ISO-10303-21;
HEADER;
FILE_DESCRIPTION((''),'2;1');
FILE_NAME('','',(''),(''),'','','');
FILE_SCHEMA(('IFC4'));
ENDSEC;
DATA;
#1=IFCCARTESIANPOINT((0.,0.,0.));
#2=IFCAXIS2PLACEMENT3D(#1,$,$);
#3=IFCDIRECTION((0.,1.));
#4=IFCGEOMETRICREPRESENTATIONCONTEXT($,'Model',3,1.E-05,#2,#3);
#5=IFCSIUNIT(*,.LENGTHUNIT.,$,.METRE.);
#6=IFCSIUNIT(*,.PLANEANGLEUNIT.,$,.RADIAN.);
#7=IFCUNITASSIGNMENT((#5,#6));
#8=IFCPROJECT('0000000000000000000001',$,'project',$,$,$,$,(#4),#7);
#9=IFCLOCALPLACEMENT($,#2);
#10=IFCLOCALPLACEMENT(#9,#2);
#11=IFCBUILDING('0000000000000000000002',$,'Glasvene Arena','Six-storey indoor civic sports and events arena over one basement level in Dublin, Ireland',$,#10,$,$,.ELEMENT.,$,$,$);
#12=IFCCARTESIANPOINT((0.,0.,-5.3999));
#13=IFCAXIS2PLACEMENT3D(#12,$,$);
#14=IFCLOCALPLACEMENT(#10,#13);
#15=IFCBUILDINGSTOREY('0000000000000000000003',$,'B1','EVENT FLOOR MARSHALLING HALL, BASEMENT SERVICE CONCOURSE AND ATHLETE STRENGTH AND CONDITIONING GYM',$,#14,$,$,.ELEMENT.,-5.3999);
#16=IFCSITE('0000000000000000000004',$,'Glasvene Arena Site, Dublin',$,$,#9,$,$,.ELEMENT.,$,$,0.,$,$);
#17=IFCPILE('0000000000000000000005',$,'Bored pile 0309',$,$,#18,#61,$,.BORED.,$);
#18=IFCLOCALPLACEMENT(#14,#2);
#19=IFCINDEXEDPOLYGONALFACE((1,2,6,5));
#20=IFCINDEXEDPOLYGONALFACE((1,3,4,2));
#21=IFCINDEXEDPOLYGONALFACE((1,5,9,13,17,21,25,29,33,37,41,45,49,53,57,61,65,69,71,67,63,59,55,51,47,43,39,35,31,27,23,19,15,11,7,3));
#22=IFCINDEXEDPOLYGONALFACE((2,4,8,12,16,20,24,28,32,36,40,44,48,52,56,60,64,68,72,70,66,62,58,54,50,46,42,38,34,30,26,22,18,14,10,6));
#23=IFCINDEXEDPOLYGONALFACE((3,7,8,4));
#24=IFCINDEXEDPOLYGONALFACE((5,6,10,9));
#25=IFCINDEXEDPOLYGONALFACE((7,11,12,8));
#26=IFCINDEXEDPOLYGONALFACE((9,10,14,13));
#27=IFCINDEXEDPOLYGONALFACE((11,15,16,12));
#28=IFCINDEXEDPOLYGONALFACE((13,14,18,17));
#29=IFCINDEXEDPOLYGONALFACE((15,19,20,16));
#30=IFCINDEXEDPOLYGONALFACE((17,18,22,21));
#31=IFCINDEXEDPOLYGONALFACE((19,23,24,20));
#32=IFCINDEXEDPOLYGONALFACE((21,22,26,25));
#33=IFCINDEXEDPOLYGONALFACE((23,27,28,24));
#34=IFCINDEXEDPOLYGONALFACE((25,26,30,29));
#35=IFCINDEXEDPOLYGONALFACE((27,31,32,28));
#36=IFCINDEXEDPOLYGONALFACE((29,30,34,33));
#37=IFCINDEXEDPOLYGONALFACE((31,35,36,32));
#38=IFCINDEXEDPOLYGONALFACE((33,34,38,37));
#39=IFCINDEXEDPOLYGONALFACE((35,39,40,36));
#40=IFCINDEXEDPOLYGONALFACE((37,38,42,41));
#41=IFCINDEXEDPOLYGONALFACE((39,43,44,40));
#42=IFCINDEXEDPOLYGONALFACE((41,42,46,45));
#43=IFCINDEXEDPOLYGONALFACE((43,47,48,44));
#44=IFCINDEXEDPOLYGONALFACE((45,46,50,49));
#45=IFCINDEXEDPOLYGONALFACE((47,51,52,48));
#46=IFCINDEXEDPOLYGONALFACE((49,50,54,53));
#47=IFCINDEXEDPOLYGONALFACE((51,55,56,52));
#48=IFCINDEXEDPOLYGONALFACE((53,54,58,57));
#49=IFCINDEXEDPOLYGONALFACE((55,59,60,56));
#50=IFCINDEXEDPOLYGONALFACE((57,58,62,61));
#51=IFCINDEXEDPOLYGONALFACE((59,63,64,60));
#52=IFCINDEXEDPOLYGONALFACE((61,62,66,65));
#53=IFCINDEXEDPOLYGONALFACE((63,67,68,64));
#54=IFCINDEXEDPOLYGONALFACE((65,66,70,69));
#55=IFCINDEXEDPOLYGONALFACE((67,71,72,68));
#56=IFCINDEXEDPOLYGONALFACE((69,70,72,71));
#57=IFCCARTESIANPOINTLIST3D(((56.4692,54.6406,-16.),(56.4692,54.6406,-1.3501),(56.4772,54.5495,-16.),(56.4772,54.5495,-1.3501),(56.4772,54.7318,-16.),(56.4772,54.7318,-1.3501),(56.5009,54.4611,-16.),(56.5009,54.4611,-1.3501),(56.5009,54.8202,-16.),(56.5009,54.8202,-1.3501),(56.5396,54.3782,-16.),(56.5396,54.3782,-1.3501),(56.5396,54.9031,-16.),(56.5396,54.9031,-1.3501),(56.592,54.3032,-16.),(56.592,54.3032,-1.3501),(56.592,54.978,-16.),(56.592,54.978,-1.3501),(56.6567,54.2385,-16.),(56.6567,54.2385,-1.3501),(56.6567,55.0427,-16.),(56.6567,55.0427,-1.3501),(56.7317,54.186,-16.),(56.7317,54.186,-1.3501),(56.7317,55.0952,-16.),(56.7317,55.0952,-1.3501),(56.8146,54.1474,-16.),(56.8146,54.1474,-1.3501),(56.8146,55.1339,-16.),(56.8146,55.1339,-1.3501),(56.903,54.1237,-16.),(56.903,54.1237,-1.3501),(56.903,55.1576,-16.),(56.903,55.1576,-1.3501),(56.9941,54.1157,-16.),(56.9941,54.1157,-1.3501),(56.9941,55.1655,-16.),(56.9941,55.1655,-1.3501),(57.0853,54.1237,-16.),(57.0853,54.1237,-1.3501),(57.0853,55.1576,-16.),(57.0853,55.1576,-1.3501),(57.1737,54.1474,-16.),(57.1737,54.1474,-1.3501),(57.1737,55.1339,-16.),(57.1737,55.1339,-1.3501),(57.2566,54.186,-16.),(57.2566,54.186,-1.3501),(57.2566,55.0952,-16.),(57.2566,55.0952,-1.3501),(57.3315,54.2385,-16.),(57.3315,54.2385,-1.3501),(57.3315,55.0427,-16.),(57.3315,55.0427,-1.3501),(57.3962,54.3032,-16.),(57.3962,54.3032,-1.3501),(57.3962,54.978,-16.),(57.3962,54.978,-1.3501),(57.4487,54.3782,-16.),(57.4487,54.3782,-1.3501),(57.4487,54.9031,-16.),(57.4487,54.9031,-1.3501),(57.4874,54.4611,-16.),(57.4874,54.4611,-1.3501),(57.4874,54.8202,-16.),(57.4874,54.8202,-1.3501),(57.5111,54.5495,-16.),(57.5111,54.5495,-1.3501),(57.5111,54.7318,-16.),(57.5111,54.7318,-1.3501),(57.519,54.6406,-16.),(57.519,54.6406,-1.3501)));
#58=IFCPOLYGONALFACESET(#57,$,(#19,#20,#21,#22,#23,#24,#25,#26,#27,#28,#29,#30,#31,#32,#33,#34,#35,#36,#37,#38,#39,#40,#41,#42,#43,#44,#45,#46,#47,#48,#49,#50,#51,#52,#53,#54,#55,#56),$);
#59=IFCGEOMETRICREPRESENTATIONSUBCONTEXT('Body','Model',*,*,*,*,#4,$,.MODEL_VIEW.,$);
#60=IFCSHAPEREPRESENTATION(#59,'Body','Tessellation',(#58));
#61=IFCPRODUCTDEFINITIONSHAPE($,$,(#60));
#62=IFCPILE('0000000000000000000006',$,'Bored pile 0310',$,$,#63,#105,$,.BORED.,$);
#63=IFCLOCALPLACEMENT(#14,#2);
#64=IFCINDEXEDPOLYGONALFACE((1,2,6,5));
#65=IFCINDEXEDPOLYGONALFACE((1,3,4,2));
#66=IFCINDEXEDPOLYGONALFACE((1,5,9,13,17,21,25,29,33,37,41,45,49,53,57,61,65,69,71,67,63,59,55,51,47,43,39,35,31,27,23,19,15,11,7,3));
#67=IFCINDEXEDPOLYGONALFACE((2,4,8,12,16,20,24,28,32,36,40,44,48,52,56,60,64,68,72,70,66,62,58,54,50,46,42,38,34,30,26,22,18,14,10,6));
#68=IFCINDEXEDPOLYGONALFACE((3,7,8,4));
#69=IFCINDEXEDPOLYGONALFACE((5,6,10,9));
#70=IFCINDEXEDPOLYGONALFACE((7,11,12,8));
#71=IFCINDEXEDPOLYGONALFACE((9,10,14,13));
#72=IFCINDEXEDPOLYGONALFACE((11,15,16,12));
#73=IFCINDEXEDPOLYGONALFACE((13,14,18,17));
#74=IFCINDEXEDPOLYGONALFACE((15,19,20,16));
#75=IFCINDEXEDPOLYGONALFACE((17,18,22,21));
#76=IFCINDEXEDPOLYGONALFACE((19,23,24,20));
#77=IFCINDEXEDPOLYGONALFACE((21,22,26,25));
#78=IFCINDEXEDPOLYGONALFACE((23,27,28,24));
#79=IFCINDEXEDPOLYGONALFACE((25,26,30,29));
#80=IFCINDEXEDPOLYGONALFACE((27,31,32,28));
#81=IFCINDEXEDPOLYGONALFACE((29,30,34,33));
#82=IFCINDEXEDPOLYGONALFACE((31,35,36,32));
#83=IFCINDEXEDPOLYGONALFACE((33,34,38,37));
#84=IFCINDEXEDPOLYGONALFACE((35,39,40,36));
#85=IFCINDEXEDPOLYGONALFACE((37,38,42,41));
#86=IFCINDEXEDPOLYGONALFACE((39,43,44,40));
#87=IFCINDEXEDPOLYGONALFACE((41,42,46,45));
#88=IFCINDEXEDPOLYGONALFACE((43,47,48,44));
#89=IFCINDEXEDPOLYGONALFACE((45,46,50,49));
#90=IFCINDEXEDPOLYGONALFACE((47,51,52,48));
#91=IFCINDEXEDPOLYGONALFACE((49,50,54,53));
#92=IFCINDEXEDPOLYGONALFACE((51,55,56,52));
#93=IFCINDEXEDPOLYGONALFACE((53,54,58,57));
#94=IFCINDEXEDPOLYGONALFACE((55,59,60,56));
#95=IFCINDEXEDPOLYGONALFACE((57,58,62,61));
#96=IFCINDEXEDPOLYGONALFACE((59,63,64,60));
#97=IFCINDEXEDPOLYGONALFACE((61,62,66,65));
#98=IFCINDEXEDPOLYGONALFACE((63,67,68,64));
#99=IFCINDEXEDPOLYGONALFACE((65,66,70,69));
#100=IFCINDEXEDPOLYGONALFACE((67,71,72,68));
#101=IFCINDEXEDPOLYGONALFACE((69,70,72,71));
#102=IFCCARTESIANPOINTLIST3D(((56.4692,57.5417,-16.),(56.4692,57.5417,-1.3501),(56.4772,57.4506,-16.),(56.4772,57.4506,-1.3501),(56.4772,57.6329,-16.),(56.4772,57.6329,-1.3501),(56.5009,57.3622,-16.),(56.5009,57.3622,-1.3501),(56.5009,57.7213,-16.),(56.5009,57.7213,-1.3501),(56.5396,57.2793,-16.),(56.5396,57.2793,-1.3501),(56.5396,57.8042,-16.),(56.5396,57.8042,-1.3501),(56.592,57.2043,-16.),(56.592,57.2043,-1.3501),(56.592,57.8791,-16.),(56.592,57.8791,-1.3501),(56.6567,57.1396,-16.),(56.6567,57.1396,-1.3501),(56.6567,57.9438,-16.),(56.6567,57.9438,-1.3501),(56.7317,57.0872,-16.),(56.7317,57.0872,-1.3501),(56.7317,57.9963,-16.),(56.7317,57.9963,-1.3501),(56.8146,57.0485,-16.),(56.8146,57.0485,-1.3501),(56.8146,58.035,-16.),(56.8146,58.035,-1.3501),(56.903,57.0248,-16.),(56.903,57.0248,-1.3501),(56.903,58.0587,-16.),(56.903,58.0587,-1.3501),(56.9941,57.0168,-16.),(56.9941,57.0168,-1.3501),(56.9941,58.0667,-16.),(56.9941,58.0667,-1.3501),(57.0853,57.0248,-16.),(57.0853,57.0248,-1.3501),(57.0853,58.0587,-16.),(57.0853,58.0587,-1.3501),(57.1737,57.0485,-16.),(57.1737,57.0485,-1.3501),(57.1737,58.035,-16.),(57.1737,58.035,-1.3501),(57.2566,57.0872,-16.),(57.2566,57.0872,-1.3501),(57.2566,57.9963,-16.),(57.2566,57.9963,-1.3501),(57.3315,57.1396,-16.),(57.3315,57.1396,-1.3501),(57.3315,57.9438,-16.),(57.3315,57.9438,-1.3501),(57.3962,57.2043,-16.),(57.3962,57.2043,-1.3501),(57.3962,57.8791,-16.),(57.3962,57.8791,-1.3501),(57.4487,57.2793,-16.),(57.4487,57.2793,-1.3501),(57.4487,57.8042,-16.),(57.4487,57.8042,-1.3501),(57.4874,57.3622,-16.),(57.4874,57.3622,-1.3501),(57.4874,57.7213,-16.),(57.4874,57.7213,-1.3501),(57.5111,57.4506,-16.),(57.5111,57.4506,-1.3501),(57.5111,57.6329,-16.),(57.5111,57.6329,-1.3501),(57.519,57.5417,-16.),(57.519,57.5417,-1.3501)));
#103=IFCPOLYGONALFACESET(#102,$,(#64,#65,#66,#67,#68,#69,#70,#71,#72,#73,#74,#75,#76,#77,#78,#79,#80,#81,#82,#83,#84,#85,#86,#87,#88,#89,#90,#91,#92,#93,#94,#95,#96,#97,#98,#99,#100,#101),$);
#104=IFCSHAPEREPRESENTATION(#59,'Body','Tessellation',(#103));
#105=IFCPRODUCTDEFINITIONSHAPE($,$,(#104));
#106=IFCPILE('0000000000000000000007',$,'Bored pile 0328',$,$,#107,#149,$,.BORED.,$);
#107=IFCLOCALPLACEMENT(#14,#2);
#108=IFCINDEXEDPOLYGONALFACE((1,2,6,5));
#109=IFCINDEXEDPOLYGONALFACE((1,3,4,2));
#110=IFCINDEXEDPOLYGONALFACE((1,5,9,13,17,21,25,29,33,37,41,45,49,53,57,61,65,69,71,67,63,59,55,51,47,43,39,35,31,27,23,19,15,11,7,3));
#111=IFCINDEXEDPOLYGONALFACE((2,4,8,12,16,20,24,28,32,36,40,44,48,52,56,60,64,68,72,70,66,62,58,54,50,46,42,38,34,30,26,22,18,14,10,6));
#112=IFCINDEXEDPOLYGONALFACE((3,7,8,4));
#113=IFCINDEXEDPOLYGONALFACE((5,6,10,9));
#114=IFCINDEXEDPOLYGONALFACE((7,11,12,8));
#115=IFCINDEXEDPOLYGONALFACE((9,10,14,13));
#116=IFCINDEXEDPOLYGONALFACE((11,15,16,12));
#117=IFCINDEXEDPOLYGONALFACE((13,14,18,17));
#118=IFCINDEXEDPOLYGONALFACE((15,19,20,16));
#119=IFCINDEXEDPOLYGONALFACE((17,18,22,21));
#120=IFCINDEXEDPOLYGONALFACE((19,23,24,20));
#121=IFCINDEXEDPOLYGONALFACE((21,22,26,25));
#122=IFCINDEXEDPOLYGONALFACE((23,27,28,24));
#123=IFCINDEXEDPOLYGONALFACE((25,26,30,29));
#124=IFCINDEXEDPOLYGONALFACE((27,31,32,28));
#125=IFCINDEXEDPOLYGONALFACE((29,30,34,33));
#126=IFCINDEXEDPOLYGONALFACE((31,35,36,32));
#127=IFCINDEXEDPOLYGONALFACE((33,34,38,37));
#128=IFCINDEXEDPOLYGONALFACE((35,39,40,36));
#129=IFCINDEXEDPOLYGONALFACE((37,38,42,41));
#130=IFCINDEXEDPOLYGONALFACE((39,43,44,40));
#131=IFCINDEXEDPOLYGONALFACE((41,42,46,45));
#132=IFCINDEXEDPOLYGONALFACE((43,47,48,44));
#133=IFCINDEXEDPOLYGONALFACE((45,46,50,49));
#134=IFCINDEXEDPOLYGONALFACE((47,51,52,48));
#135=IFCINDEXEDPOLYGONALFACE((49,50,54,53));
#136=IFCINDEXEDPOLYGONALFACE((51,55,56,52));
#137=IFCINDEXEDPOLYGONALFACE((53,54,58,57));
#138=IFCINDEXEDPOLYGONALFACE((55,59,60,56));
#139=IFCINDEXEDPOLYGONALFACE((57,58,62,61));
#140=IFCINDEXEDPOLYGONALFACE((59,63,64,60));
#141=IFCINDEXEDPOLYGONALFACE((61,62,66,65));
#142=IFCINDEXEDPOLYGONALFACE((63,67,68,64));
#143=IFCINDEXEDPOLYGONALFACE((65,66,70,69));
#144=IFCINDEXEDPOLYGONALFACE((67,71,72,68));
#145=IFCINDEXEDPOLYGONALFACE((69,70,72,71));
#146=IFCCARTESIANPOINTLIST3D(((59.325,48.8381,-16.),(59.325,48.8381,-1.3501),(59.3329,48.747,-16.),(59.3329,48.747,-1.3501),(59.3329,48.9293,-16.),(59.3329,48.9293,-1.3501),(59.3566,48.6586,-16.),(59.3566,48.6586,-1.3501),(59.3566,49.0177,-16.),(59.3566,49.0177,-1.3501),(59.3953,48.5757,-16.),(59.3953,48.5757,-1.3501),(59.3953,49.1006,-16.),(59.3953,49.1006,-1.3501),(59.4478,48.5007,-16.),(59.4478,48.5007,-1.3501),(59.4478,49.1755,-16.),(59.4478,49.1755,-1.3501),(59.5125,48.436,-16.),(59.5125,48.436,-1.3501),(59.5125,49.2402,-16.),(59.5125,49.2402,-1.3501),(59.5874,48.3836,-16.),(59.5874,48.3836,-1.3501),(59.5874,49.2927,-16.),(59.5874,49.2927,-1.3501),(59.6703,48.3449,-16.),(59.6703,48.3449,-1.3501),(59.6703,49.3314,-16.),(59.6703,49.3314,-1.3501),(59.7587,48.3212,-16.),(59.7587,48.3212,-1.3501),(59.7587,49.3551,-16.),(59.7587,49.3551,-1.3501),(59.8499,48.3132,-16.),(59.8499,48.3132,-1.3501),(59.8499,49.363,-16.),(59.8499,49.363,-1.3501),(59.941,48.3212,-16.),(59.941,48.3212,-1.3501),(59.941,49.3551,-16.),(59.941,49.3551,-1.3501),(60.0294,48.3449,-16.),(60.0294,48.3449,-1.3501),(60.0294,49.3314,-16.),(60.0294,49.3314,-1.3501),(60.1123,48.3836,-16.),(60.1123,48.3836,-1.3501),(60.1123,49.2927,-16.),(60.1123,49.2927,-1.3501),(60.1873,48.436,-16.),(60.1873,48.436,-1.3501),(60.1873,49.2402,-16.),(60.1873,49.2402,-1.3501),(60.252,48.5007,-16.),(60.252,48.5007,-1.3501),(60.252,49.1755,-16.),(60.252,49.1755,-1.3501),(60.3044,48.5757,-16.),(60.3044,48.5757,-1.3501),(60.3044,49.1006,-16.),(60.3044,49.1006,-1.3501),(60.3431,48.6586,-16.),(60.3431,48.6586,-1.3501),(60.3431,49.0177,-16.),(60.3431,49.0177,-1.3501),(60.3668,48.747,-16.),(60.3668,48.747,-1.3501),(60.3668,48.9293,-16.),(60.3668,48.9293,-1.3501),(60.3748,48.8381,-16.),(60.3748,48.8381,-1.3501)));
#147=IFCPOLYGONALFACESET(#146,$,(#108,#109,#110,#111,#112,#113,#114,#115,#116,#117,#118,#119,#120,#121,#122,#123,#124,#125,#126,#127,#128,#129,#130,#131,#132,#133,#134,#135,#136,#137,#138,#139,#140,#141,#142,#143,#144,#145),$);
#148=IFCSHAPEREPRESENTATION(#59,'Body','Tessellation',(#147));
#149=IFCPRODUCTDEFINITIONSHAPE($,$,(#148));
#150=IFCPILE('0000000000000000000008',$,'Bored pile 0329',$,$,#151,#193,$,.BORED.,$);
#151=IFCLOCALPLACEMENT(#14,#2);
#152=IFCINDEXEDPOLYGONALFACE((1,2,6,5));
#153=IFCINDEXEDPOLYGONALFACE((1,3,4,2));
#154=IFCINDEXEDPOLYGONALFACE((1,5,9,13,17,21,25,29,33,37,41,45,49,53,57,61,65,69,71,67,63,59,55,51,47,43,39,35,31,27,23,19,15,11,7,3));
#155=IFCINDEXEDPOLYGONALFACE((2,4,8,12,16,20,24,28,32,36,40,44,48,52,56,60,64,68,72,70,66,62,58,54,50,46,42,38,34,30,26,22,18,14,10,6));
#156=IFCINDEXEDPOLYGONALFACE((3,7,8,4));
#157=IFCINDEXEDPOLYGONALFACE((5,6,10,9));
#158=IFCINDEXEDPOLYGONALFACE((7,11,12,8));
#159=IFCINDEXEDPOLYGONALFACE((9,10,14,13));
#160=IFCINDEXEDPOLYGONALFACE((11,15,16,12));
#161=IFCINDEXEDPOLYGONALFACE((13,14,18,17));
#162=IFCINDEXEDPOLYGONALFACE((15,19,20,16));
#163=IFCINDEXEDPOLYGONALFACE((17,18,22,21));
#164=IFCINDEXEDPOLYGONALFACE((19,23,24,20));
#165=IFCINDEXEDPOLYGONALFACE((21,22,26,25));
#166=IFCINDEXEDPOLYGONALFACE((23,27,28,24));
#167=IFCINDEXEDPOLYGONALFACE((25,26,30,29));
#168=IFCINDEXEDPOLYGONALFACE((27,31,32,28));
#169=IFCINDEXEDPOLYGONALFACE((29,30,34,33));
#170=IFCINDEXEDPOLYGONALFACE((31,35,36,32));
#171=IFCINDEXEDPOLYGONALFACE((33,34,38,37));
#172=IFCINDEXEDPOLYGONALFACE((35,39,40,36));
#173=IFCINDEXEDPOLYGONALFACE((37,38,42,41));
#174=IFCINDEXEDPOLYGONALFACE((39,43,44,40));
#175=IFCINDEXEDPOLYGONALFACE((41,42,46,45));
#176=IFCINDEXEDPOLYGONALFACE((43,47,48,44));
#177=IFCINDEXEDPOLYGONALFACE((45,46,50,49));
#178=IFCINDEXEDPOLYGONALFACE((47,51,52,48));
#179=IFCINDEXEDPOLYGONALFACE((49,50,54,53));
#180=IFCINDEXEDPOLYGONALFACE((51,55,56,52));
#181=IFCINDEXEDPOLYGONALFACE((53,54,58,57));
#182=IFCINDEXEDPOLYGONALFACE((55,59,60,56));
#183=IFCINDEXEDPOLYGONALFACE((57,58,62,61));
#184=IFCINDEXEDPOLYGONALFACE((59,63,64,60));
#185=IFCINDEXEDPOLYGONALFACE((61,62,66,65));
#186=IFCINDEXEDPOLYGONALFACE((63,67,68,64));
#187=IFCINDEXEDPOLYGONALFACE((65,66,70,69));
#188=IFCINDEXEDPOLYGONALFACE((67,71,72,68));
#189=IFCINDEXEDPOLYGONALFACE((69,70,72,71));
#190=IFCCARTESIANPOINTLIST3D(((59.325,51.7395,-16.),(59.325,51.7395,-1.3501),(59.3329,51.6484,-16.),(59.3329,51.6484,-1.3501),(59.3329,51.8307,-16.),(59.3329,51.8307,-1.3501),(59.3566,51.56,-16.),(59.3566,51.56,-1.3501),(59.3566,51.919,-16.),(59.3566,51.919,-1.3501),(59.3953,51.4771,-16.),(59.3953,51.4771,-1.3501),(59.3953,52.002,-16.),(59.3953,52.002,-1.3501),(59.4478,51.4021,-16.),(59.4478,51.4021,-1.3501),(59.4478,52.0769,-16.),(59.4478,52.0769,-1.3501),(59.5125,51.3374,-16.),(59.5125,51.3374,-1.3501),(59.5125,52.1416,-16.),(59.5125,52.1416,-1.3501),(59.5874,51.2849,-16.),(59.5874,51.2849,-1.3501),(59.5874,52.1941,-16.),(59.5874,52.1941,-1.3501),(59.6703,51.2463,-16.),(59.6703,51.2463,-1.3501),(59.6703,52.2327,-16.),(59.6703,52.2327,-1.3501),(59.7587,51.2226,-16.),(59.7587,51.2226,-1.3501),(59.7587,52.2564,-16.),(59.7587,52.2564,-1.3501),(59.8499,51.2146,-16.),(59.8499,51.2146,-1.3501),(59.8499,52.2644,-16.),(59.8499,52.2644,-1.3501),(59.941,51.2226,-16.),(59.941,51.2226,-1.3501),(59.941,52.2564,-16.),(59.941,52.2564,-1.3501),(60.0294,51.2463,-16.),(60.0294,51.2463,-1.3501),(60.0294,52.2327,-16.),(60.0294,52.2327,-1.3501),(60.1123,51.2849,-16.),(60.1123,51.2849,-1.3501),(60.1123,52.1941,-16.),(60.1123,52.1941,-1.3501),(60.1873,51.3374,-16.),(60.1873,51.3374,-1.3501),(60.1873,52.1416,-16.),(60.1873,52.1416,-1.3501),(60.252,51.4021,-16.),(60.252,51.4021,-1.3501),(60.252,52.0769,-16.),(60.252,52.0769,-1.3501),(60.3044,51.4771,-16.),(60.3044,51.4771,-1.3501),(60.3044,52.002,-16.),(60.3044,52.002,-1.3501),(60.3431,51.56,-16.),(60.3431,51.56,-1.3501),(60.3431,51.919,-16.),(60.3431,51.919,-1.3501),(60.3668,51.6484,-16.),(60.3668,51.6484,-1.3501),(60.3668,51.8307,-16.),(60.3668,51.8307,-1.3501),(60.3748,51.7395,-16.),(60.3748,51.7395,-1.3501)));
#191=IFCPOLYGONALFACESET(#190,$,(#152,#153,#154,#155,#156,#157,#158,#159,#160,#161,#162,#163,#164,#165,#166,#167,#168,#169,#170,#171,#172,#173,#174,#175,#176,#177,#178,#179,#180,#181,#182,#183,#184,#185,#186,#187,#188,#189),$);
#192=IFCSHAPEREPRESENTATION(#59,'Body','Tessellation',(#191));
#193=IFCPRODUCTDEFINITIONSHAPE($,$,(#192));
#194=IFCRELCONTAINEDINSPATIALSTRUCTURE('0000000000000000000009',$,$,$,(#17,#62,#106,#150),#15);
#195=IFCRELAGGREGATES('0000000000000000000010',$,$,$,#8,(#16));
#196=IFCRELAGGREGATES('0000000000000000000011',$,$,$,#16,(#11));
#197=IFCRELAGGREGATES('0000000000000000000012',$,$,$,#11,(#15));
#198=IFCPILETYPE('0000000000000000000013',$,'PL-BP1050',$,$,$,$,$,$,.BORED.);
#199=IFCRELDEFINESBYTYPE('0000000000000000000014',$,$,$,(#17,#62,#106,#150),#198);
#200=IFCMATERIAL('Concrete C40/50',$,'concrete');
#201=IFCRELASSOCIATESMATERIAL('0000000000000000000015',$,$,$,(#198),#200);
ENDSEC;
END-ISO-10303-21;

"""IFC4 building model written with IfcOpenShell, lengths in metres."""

from ifc_helpers import new_model, si_unit, direction, frame, origin, origin_2d, place, context, subcontext, project, spatial, circle, extrude, material, material_profile, profile_set, type_object, element, save


model = new_model("IFC4")

# Units and contexts
model_context = context("Model", 3, precision=1e-05, world=origin(), true_north=direction((0.0, 1.0)))
body_context = subcontext(model_context, "Body", "Model", "MODEL_VIEW")
ifc_project = project(units=[si_unit("LENGTHUNIT", "METRE"), si_unit("PLANEANGLEUNIT", "RADIAN")], contexts=[model_context])

# Site, building, storey
site_placement = place(None, origin())
site = spatial("IfcSite", under=ifc_project, at=site_placement, Name="Glasvene Arena Site, Dublin", CompositionType="ELEMENT", RefElevation=0.0)
building_placement = place(site_placement, origin())
building = spatial("IfcBuilding", under=site, at=building_placement, Name="Glasvene Arena", Description="Six-storey indoor civic sports and events arena over one basement level in Dublin, Ireland", CompositionType="ELEMENT")
storey_placement = place(building_placement, frame((0.0, 0.0, -5.3999)))
storey = spatial("IfcBuildingStorey", under=building, at=storey_placement, Name="B1", Description="EVENT FLOOR MARSHALLING HALL, BASEMENT SERVICE CONCOURSE AND ATHLETE STRENGTH AND CONDITIONING GYM", CompositionType="ELEMENT", Elevation=-5.3999)

# Piles
ifc_material_1 = material(Name="Concrete C40/50", Category="concrete")
ifc_material_profile_1 = material_profile(ifc_material_1, circle(Radius=0.5249, at=origin_2d()), Name="BORED PILE 1050")
ifc_profile_set_1 = profile_set([ifc_material_profile_1], Name="Concrete C40/50")
pile_type = type_object("IfcPileType", Name="PL-BP1050", PredefinedType="BORED", material=ifc_profile_set_1)
for number, where, z_axis, x_axis, name in (
    (1, (56.9941, 54.6406, -1.3501), (0.0, 0.0, -1.0), (1.0, 0.0, 0.0), "Bored pile 0309"),
    (2, (56.9941, 57.5417, -1.3501), (0.0, 0.0, -1.0), (1.0, 0.0, 0.0), "Bored pile 0310"),
    (3, (59.8499, 48.8381, -1.3501), (0.0, 0.0, -1.0), (1.0, 0.0, 0.0), "Bored pile 0328"),
    (4, (59.8499, 51.7395, -1.3501), (0.0, 0.0, -1.0), (1.0, 0.0, 0.0), "Bored pile 0329"),
):
    element("IfcPile", number, at=place(storey_placement, frame(where, z_axis=z_axis, x_axis=x_axis)), inside=storey, type_object=pile_type, Name=name, PredefinedType="BORED", context=body_context, shape_type="SweptSolid", body=[
        extrude(circle(Radius=0.5249, at=origin_2d()), origin(), (0.0, 0.0, 1.0), 14.6499),
    ])

save(model, "model.ifc")
